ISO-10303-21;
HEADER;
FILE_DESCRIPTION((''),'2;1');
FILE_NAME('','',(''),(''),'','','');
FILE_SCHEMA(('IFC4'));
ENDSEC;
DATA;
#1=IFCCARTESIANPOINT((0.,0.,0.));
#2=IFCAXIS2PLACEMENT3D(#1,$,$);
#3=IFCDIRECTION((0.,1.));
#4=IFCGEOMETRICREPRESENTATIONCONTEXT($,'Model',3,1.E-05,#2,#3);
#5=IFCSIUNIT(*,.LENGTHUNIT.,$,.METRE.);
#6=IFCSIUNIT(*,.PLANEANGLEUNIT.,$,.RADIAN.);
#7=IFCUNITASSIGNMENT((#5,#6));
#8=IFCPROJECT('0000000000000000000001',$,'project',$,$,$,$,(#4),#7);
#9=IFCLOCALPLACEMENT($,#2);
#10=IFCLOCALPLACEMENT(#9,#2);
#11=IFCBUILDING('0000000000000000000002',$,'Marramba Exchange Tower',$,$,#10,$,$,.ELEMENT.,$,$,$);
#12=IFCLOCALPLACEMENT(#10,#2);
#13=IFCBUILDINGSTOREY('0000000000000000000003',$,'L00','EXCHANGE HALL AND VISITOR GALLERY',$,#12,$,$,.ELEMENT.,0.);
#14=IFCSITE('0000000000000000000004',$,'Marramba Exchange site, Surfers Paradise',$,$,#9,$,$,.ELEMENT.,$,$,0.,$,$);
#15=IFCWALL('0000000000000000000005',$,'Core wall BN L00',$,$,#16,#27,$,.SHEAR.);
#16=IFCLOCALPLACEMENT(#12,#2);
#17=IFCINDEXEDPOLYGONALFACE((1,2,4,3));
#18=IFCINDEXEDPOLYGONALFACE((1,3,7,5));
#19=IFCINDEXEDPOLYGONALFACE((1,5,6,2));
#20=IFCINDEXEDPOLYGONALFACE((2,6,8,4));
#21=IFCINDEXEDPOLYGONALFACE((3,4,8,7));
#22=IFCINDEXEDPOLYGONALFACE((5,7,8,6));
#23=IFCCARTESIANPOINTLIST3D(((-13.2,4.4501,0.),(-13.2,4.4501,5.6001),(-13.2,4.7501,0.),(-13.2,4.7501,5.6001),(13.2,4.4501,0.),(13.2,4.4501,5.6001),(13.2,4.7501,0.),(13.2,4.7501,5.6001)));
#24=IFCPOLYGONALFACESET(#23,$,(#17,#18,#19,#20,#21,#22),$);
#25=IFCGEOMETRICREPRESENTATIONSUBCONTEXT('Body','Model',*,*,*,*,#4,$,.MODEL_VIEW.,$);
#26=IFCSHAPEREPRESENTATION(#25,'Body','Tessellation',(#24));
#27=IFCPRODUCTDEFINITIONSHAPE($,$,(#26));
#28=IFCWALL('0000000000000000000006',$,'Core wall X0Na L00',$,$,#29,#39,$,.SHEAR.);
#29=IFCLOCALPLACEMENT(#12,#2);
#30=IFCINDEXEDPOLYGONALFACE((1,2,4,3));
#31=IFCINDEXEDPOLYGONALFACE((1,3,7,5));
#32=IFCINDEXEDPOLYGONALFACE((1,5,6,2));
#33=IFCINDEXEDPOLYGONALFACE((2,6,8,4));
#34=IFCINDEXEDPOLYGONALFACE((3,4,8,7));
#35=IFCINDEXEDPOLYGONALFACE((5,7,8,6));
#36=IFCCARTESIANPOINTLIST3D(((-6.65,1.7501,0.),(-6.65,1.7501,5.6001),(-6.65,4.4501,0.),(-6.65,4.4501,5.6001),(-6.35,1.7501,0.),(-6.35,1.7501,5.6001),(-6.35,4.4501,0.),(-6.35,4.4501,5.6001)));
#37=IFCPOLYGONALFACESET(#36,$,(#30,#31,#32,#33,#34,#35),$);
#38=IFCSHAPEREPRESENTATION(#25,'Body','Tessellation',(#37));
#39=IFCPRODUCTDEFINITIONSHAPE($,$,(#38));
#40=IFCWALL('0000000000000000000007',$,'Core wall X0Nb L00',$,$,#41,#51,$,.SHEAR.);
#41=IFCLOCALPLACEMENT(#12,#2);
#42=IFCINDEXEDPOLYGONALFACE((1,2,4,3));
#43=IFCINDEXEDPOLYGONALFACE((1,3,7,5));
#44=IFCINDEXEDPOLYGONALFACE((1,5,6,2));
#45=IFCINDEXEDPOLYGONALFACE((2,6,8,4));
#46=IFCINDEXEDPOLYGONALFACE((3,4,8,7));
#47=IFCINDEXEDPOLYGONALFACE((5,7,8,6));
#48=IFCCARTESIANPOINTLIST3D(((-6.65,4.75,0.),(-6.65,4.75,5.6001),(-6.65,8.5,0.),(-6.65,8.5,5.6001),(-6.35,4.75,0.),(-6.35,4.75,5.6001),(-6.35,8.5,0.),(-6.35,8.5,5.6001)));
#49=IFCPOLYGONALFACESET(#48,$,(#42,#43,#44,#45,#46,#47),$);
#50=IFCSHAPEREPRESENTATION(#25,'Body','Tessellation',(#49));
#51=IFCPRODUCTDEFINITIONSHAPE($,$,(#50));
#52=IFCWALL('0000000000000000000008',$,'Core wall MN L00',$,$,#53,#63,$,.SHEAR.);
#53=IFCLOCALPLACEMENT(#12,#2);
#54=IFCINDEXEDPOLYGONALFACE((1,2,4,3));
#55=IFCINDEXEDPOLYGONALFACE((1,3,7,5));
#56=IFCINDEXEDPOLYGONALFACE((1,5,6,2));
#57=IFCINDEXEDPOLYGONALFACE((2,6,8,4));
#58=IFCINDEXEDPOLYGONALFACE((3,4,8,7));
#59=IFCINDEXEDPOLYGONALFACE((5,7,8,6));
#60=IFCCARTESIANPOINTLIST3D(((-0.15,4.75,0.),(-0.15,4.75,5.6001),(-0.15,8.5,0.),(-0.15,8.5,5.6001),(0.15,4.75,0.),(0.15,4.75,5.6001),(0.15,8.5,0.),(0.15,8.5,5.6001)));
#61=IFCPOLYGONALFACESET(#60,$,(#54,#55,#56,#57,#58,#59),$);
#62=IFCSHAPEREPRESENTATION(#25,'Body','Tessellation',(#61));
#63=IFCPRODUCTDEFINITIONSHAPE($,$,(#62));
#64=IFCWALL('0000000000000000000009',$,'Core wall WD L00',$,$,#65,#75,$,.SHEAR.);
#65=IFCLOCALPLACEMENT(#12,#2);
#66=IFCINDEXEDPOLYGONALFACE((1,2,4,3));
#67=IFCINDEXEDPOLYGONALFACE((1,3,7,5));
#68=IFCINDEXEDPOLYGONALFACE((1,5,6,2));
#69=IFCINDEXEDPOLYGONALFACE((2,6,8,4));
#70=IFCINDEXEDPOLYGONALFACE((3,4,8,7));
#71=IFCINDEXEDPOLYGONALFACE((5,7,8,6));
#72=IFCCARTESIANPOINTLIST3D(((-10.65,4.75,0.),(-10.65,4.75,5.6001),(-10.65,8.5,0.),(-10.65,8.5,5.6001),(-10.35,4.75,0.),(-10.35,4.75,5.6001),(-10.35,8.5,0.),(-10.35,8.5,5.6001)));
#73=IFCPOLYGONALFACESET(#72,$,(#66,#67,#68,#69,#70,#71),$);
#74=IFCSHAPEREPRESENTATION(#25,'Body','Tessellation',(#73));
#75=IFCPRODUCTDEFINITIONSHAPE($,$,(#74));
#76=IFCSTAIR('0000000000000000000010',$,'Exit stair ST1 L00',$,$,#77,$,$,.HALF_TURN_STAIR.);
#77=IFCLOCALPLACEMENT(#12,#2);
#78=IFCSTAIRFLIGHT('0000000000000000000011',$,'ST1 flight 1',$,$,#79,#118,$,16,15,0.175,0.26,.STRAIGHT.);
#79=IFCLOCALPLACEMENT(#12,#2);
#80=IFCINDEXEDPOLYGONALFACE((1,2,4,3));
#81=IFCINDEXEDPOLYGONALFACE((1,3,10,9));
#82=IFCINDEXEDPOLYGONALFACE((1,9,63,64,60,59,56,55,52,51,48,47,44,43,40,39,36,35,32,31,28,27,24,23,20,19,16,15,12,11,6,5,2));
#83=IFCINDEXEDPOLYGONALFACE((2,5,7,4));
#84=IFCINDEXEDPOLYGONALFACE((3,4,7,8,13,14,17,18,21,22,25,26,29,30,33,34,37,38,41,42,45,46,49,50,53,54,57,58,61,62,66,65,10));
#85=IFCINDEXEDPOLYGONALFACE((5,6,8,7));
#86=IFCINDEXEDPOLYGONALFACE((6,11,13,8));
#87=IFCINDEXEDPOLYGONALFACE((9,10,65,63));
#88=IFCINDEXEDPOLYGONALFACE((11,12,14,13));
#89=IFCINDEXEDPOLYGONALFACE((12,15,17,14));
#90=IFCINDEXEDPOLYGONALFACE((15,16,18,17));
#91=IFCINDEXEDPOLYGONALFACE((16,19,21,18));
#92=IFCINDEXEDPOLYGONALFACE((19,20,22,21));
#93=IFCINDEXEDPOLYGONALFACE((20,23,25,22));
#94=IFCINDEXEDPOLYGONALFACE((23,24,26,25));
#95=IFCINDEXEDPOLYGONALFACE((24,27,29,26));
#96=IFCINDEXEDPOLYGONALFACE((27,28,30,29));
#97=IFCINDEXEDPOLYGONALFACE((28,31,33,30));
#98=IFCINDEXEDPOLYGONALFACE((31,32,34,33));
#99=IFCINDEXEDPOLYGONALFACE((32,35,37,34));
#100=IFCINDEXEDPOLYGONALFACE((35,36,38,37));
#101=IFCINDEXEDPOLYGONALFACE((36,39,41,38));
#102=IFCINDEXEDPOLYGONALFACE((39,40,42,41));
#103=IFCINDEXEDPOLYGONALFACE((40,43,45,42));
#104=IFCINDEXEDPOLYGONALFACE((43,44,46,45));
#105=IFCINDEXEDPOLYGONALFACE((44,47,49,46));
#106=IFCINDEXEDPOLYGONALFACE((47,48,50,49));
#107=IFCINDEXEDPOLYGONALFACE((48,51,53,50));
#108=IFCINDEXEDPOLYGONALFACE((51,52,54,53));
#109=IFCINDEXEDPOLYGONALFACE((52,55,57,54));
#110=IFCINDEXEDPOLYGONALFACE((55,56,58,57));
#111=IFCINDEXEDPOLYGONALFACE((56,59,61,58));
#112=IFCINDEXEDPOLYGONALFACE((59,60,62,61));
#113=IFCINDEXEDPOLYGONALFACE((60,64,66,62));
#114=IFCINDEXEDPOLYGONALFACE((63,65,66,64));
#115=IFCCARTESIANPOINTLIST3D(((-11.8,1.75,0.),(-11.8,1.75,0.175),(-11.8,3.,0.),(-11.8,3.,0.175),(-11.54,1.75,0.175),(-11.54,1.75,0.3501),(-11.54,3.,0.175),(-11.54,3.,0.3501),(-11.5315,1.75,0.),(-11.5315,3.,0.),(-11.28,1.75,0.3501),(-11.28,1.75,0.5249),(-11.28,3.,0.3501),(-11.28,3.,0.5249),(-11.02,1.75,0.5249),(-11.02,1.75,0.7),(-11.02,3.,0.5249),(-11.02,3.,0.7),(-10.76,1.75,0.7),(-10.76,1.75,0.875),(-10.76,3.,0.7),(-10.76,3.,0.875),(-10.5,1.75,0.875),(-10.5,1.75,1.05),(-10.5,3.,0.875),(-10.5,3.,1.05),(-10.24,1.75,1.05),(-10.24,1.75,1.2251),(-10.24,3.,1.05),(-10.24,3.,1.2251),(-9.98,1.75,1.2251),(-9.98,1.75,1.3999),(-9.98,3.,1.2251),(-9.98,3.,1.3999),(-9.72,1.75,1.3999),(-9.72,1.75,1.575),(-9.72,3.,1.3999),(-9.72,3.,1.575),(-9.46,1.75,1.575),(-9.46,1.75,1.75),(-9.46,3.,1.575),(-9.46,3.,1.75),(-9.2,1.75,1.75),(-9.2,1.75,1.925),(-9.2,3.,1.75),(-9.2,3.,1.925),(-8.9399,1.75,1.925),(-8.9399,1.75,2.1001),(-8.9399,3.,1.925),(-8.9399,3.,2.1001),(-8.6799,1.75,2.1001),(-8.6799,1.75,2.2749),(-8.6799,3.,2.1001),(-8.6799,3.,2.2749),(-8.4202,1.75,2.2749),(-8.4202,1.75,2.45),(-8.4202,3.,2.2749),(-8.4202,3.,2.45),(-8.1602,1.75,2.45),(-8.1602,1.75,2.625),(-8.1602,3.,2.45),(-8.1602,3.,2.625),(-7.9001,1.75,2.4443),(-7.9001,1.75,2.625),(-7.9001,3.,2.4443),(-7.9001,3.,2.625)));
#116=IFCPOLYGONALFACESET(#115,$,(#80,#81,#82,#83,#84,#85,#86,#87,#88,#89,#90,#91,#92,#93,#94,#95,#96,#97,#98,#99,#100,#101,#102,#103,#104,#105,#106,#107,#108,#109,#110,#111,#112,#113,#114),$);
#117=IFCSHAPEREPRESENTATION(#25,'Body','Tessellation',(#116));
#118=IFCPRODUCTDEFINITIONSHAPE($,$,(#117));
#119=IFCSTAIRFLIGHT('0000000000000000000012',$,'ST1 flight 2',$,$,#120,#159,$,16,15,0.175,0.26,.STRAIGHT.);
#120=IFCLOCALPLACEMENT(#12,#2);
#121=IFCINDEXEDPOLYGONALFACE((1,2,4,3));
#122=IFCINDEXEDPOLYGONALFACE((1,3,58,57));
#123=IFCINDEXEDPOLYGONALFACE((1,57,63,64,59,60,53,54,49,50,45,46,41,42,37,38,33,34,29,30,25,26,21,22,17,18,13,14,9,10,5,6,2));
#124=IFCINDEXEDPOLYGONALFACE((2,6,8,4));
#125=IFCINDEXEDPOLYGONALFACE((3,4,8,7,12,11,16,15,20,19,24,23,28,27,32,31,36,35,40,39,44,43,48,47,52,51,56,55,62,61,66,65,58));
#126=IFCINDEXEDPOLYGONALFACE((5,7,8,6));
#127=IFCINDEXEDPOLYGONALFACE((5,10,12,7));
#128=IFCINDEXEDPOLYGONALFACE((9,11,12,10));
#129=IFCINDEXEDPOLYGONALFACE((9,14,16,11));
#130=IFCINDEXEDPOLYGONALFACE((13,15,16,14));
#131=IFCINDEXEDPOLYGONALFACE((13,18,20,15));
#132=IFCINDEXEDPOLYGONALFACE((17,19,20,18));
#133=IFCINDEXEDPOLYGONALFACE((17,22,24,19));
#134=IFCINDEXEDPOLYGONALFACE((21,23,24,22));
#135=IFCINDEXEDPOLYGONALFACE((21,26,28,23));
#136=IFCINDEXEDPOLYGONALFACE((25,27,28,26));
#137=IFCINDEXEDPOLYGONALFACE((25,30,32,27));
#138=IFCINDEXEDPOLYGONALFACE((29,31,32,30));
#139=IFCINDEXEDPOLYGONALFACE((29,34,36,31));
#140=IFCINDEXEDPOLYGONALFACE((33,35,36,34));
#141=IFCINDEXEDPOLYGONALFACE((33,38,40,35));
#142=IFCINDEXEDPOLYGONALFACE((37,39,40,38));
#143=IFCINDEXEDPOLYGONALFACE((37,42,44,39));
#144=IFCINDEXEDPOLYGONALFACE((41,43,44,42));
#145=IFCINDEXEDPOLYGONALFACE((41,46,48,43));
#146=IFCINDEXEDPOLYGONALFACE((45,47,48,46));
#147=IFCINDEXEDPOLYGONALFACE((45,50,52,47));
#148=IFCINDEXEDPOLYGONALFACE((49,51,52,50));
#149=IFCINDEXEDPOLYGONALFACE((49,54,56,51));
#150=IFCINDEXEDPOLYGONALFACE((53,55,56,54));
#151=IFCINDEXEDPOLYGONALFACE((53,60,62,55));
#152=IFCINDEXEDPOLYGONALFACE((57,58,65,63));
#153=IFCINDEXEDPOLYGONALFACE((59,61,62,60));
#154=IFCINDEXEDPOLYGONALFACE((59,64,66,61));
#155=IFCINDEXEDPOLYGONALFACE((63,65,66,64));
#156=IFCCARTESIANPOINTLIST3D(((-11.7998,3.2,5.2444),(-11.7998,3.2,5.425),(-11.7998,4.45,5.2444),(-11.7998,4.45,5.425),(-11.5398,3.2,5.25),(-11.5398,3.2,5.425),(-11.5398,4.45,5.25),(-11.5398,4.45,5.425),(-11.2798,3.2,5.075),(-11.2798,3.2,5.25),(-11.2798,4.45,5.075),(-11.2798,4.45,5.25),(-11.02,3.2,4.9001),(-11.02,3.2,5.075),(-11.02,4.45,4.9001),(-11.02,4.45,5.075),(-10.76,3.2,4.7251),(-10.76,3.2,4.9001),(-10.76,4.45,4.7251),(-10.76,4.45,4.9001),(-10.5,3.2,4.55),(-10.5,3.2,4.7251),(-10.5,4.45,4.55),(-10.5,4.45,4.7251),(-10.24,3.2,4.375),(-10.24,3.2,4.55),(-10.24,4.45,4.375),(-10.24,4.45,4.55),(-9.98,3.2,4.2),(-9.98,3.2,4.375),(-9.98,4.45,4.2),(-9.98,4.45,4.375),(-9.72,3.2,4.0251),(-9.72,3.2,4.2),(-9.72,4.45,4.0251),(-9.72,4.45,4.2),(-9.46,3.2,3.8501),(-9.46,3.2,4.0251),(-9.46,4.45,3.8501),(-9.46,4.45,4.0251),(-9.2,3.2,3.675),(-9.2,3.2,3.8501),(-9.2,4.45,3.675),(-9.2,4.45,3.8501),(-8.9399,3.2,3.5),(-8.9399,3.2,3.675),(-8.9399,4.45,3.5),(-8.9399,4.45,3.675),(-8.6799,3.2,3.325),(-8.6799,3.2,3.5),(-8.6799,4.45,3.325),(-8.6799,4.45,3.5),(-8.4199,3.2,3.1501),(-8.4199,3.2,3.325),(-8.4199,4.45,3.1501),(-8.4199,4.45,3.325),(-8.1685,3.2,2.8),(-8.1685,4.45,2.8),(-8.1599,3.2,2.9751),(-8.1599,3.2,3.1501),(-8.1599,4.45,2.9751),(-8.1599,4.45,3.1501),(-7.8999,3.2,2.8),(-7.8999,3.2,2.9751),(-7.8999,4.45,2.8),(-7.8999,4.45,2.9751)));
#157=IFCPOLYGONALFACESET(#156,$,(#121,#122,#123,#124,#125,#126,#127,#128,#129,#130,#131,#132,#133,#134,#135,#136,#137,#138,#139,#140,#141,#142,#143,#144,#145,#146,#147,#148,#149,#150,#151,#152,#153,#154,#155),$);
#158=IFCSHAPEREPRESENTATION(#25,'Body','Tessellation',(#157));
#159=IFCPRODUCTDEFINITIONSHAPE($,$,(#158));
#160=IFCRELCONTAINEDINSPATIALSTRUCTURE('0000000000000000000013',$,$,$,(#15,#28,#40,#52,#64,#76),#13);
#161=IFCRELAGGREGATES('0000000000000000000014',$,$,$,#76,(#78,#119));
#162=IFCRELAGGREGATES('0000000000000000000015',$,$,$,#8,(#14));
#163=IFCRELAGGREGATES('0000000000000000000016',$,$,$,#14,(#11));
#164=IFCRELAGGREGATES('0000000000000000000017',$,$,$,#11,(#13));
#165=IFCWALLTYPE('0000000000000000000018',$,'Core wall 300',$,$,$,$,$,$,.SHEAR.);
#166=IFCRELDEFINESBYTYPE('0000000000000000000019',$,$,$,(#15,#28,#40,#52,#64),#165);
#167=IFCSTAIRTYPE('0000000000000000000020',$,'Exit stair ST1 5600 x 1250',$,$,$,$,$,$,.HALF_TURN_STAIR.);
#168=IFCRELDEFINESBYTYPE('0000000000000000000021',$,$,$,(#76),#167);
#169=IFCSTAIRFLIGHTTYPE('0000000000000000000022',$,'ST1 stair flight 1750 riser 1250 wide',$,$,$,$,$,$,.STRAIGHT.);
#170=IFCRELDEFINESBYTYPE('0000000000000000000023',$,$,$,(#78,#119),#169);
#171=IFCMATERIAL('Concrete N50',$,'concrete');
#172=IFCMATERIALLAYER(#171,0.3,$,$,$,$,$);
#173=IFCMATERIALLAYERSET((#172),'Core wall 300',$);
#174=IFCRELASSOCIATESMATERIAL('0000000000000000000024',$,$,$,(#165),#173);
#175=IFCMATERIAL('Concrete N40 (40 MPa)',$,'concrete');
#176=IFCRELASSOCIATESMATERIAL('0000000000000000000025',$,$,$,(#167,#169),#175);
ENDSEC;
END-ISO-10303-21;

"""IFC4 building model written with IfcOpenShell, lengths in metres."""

from ifc_helpers import new_model, si_unit, direction, frame, frame_2d, origin, place, context, subcontext, project, spatial, polyline, rectangle, outline, extrude, material, layer, layer_set, type_object, element, aggregate, save


model = new_model("IFC4")

# Units and contexts
model_context = context("Model", 3, precision=1e-05, world=origin(), true_north=direction((0.0, 1.0)))
body_context = subcontext(model_context, "Body", "Model", "MODEL_VIEW")
ifc_project = project(units=[si_unit("LENGTHUNIT", "METRE"), si_unit("PLANEANGLEUNIT", "RADIAN")], contexts=[model_context])

# Site, building, storey
site_placement = place(None, origin())
site = spatial("IfcSite", under=ifc_project, at=site_placement, Name="Marramba Exchange site, Surfers Paradise", CompositionType="ELEMENT", RefElevation=0.0)
building_placement = place(site_placement, origin())
building = spatial("IfcBuilding", under=site, at=building_placement, Name="Marramba Exchange Tower", CompositionType="ELEMENT")
storey_placement = place(building_placement, origin())
storey = spatial("IfcBuildingStorey", under=building, at=storey_placement, Name="L00", Description="EXCHANGE HALL AND VISITOR GALLERY", CompositionType="ELEMENT", Elevation=0.0)

# Shared definitions
ifc_material_1 = material(Name="Concrete N50", Category="concrete")

# Shared definitions
ifc_layer_1 = layer(ifc_material_1, 0.3)
ifc_layer_set_1 = layer_set([ifc_layer_1], Name="Core wall 300")
wall_type_1 = type_object("IfcWallType", Name="Core wall 300", PredefinedType="SHEAR", material=ifc_layer_set_1)

# Walls
wall_1_placement = place(storey_placement, frame((-13.2, 4.6001, 0.0), z_axis=(0.0, 0.0, 1.0), x_axis=(1.0, 0.0, 0.0)))
element("IfcWall", 1, at=wall_1_placement, inside=storey, type_object=wall_type_1, Name="Core wall BN L00", PredefinedType="SHEAR", context=body_context, shape_type="SweptSolid", body=[
    extrude(rectangle(XDim=26.3999, YDim=0.3, at=frame_2d((13.2, 0.0))), origin(), (0.0, 0.0, 1.0), 5.6001),
])
wall_2_placement = place(storey_placement, frame((-6.5, 1.75, 0.0), z_axis=(0.0, 0.0, 1.0), x_axis=(0.0, 1.0, 0.0)))
element("IfcWall", 2, at=wall_2_placement, inside=storey, type_object=wall_type_1, Name="Core wall X0Na L00", PredefinedType="SHEAR", context=body_context, shape_type="SweptSolid", body=[
    extrude(rectangle(XDim=2.7, YDim=0.3, at=frame_2d((1.3501, 0.0))), origin(), (0.0, 0.0, 1.0), 5.6001),
])
for number, where, z_axis, x_axis, name in (
    (3, (-6.5, 4.75, 0.0), (0.0, 0.0, 1.0), (0.0, 1.0, 0.0), "Core wall X0Nb L00"),
    (4, (0.0, 4.75, 0.0), (0.0, 0.0, 1.0), (0.0, 1.0, 0.0), "Core wall MN L00"),
    (5, (-10.5, 4.75, 0.0), (0.0, 0.0, 1.0), (0.0, 1.0, 0.0), "Core wall WD L00"),
):
    element("IfcWall", number, at=place(storey_placement, frame(where, z_axis=z_axis, x_axis=x_axis)), inside=storey, type_object=wall_type_1, Name=name, PredefinedType="SHEAR", context=body_context, shape_type="SweptSolid", body=[
        extrude(rectangle(XDim=3.75, YDim=0.3, at=frame_2d((1.875, 0.0))), origin(), (0.0, 0.0, 1.0), 5.6001),
    ])

# Stair, stair flights
ifc_material_2 = material(Name="Concrete N40 (40 MPa)", Category="concrete")
stair_type = type_object("IfcStairType", Name="Exit stair ST1 5600 x 1250", PredefinedType="HALF_TURN_STAIR", material=ifc_material_2)
stair_placement = place(storey_placement, origin())
stair = element("IfcStair", 6, at=stair_placement, inside=storey, type_object=stair_type, Name="Exit stair ST1 L00", PredefinedType="HALF_TURN_STAIR")
stair_flight_type = type_object("IfcStairFlightType", Name="ST1 stair flight 1750 riser 1250 wide", PredefinedType="STRAIGHT", material=ifc_material_2)
stair_flight_1_placement = place(storey_placement, frame((-11.8, 2.375, 0.0), z_axis=(0.0, 0.0, 1.0), x_axis=(1.0, 0.0, 0.0)))
stair_flight_1 = element("IfcStairFlight", 7, at=stair_flight_1_placement, type_object=stair_flight_type, Name="ST1 flight 1", NumberOfRisers=16, NumberOfTreads=15, PredefinedType="STRAIGHT", RiserHeight=0.175, TreadLength=0.26, context=body_context, shape_type="SweptSolid", body=[
    extrude(outline(polyline([(0.0, 0.0), (0.0, 0.175), (0.26, 0.175), (0.26, 0.3501), (0.52, 0.3501), (0.52, 0.5249), (0.78, 0.5249), (0.78, 0.7), (1.04, 0.7), (1.04, 0.875), (1.3, 0.875), (1.3, 1.05), (1.5601, 1.05), (1.5601, 1.2251), (1.8201, 1.2251), (1.8201, 1.3999), (2.0801, 1.3999), (2.0801, 1.575), (2.3401, 1.575), (2.3401, 1.75), (2.6001, 1.75), (2.6001, 1.925), (2.8601, 1.925), (2.8601, 2.1001), (3.1201, 2.1001), (3.1201, 2.2749), (3.3799, 2.2749), (3.3799, 2.45), (3.6399, 2.45), (3.6399, 2.625), (3.8999, 2.625), (3.8999, 2.8), (3.8999, 2.4443), (0.2686, 0.0), (0.0, 0.0)])), frame((0.0, 0.625, 0.0), z_axis=(0.0, -1.0, 0.0), x_axis=(1.0, 0.0, 0.0)), (0.0, 0.0, 1.0), 1.25),
])
stair_flight_2_placement = place(storey_placement, frame((-7.8999, 3.825, 2.8), z_axis=(0.0, 0.0, 1.0), x_axis=(-1.0, 0.0, 0.0)))
stair_flight_2 = element("IfcStairFlight", 8, at=stair_flight_2_placement, type_object=stair_flight_type, Name="ST1 flight 2", NumberOfRisers=16, NumberOfTreads=15, PredefinedType="STRAIGHT", RiserHeight=0.175, TreadLength=0.26, context=body_context, shape_type="SweptSolid", body=[
    extrude(outline(polyline([(0.0, 0.0), (0.0, 0.175), (0.26, 0.175), (0.26, 0.3501), (0.52, 0.3501), (0.52, 0.5249), (0.78, 0.5249), (0.78, 0.7), (1.04, 0.7), (1.04, 0.875), (1.3, 0.875), (1.3, 1.05), (1.5601, 1.05), (1.5601, 1.2251), (1.8201, 1.2251), (1.8201, 1.3999), (2.0801, 1.3999), (2.0801, 1.575), (2.3401, 1.575), (2.3401, 1.75), (2.6001, 1.75), (2.6001, 1.925), (2.8601, 1.925), (2.8601, 2.1001), (3.1201, 2.1001), (3.1201, 2.2749), (3.3799, 2.2749), (3.3799, 2.45), (3.6399, 2.45), (3.6399, 2.625), (3.8999, 2.625), (3.8999, 2.8), (3.8999, 2.4443), (0.2686, 0.0), (0.0, 0.0)])), frame((0.0, 0.625, 0.0), z_axis=(0.0, -1.0, 0.0), x_axis=(1.0, 0.0, 0.0)), (0.0, 0.0, 1.0), 1.25),
])
aggregate(stair, [stair_flight_1, stair_flight_2])

save(model, "model.ifc")
